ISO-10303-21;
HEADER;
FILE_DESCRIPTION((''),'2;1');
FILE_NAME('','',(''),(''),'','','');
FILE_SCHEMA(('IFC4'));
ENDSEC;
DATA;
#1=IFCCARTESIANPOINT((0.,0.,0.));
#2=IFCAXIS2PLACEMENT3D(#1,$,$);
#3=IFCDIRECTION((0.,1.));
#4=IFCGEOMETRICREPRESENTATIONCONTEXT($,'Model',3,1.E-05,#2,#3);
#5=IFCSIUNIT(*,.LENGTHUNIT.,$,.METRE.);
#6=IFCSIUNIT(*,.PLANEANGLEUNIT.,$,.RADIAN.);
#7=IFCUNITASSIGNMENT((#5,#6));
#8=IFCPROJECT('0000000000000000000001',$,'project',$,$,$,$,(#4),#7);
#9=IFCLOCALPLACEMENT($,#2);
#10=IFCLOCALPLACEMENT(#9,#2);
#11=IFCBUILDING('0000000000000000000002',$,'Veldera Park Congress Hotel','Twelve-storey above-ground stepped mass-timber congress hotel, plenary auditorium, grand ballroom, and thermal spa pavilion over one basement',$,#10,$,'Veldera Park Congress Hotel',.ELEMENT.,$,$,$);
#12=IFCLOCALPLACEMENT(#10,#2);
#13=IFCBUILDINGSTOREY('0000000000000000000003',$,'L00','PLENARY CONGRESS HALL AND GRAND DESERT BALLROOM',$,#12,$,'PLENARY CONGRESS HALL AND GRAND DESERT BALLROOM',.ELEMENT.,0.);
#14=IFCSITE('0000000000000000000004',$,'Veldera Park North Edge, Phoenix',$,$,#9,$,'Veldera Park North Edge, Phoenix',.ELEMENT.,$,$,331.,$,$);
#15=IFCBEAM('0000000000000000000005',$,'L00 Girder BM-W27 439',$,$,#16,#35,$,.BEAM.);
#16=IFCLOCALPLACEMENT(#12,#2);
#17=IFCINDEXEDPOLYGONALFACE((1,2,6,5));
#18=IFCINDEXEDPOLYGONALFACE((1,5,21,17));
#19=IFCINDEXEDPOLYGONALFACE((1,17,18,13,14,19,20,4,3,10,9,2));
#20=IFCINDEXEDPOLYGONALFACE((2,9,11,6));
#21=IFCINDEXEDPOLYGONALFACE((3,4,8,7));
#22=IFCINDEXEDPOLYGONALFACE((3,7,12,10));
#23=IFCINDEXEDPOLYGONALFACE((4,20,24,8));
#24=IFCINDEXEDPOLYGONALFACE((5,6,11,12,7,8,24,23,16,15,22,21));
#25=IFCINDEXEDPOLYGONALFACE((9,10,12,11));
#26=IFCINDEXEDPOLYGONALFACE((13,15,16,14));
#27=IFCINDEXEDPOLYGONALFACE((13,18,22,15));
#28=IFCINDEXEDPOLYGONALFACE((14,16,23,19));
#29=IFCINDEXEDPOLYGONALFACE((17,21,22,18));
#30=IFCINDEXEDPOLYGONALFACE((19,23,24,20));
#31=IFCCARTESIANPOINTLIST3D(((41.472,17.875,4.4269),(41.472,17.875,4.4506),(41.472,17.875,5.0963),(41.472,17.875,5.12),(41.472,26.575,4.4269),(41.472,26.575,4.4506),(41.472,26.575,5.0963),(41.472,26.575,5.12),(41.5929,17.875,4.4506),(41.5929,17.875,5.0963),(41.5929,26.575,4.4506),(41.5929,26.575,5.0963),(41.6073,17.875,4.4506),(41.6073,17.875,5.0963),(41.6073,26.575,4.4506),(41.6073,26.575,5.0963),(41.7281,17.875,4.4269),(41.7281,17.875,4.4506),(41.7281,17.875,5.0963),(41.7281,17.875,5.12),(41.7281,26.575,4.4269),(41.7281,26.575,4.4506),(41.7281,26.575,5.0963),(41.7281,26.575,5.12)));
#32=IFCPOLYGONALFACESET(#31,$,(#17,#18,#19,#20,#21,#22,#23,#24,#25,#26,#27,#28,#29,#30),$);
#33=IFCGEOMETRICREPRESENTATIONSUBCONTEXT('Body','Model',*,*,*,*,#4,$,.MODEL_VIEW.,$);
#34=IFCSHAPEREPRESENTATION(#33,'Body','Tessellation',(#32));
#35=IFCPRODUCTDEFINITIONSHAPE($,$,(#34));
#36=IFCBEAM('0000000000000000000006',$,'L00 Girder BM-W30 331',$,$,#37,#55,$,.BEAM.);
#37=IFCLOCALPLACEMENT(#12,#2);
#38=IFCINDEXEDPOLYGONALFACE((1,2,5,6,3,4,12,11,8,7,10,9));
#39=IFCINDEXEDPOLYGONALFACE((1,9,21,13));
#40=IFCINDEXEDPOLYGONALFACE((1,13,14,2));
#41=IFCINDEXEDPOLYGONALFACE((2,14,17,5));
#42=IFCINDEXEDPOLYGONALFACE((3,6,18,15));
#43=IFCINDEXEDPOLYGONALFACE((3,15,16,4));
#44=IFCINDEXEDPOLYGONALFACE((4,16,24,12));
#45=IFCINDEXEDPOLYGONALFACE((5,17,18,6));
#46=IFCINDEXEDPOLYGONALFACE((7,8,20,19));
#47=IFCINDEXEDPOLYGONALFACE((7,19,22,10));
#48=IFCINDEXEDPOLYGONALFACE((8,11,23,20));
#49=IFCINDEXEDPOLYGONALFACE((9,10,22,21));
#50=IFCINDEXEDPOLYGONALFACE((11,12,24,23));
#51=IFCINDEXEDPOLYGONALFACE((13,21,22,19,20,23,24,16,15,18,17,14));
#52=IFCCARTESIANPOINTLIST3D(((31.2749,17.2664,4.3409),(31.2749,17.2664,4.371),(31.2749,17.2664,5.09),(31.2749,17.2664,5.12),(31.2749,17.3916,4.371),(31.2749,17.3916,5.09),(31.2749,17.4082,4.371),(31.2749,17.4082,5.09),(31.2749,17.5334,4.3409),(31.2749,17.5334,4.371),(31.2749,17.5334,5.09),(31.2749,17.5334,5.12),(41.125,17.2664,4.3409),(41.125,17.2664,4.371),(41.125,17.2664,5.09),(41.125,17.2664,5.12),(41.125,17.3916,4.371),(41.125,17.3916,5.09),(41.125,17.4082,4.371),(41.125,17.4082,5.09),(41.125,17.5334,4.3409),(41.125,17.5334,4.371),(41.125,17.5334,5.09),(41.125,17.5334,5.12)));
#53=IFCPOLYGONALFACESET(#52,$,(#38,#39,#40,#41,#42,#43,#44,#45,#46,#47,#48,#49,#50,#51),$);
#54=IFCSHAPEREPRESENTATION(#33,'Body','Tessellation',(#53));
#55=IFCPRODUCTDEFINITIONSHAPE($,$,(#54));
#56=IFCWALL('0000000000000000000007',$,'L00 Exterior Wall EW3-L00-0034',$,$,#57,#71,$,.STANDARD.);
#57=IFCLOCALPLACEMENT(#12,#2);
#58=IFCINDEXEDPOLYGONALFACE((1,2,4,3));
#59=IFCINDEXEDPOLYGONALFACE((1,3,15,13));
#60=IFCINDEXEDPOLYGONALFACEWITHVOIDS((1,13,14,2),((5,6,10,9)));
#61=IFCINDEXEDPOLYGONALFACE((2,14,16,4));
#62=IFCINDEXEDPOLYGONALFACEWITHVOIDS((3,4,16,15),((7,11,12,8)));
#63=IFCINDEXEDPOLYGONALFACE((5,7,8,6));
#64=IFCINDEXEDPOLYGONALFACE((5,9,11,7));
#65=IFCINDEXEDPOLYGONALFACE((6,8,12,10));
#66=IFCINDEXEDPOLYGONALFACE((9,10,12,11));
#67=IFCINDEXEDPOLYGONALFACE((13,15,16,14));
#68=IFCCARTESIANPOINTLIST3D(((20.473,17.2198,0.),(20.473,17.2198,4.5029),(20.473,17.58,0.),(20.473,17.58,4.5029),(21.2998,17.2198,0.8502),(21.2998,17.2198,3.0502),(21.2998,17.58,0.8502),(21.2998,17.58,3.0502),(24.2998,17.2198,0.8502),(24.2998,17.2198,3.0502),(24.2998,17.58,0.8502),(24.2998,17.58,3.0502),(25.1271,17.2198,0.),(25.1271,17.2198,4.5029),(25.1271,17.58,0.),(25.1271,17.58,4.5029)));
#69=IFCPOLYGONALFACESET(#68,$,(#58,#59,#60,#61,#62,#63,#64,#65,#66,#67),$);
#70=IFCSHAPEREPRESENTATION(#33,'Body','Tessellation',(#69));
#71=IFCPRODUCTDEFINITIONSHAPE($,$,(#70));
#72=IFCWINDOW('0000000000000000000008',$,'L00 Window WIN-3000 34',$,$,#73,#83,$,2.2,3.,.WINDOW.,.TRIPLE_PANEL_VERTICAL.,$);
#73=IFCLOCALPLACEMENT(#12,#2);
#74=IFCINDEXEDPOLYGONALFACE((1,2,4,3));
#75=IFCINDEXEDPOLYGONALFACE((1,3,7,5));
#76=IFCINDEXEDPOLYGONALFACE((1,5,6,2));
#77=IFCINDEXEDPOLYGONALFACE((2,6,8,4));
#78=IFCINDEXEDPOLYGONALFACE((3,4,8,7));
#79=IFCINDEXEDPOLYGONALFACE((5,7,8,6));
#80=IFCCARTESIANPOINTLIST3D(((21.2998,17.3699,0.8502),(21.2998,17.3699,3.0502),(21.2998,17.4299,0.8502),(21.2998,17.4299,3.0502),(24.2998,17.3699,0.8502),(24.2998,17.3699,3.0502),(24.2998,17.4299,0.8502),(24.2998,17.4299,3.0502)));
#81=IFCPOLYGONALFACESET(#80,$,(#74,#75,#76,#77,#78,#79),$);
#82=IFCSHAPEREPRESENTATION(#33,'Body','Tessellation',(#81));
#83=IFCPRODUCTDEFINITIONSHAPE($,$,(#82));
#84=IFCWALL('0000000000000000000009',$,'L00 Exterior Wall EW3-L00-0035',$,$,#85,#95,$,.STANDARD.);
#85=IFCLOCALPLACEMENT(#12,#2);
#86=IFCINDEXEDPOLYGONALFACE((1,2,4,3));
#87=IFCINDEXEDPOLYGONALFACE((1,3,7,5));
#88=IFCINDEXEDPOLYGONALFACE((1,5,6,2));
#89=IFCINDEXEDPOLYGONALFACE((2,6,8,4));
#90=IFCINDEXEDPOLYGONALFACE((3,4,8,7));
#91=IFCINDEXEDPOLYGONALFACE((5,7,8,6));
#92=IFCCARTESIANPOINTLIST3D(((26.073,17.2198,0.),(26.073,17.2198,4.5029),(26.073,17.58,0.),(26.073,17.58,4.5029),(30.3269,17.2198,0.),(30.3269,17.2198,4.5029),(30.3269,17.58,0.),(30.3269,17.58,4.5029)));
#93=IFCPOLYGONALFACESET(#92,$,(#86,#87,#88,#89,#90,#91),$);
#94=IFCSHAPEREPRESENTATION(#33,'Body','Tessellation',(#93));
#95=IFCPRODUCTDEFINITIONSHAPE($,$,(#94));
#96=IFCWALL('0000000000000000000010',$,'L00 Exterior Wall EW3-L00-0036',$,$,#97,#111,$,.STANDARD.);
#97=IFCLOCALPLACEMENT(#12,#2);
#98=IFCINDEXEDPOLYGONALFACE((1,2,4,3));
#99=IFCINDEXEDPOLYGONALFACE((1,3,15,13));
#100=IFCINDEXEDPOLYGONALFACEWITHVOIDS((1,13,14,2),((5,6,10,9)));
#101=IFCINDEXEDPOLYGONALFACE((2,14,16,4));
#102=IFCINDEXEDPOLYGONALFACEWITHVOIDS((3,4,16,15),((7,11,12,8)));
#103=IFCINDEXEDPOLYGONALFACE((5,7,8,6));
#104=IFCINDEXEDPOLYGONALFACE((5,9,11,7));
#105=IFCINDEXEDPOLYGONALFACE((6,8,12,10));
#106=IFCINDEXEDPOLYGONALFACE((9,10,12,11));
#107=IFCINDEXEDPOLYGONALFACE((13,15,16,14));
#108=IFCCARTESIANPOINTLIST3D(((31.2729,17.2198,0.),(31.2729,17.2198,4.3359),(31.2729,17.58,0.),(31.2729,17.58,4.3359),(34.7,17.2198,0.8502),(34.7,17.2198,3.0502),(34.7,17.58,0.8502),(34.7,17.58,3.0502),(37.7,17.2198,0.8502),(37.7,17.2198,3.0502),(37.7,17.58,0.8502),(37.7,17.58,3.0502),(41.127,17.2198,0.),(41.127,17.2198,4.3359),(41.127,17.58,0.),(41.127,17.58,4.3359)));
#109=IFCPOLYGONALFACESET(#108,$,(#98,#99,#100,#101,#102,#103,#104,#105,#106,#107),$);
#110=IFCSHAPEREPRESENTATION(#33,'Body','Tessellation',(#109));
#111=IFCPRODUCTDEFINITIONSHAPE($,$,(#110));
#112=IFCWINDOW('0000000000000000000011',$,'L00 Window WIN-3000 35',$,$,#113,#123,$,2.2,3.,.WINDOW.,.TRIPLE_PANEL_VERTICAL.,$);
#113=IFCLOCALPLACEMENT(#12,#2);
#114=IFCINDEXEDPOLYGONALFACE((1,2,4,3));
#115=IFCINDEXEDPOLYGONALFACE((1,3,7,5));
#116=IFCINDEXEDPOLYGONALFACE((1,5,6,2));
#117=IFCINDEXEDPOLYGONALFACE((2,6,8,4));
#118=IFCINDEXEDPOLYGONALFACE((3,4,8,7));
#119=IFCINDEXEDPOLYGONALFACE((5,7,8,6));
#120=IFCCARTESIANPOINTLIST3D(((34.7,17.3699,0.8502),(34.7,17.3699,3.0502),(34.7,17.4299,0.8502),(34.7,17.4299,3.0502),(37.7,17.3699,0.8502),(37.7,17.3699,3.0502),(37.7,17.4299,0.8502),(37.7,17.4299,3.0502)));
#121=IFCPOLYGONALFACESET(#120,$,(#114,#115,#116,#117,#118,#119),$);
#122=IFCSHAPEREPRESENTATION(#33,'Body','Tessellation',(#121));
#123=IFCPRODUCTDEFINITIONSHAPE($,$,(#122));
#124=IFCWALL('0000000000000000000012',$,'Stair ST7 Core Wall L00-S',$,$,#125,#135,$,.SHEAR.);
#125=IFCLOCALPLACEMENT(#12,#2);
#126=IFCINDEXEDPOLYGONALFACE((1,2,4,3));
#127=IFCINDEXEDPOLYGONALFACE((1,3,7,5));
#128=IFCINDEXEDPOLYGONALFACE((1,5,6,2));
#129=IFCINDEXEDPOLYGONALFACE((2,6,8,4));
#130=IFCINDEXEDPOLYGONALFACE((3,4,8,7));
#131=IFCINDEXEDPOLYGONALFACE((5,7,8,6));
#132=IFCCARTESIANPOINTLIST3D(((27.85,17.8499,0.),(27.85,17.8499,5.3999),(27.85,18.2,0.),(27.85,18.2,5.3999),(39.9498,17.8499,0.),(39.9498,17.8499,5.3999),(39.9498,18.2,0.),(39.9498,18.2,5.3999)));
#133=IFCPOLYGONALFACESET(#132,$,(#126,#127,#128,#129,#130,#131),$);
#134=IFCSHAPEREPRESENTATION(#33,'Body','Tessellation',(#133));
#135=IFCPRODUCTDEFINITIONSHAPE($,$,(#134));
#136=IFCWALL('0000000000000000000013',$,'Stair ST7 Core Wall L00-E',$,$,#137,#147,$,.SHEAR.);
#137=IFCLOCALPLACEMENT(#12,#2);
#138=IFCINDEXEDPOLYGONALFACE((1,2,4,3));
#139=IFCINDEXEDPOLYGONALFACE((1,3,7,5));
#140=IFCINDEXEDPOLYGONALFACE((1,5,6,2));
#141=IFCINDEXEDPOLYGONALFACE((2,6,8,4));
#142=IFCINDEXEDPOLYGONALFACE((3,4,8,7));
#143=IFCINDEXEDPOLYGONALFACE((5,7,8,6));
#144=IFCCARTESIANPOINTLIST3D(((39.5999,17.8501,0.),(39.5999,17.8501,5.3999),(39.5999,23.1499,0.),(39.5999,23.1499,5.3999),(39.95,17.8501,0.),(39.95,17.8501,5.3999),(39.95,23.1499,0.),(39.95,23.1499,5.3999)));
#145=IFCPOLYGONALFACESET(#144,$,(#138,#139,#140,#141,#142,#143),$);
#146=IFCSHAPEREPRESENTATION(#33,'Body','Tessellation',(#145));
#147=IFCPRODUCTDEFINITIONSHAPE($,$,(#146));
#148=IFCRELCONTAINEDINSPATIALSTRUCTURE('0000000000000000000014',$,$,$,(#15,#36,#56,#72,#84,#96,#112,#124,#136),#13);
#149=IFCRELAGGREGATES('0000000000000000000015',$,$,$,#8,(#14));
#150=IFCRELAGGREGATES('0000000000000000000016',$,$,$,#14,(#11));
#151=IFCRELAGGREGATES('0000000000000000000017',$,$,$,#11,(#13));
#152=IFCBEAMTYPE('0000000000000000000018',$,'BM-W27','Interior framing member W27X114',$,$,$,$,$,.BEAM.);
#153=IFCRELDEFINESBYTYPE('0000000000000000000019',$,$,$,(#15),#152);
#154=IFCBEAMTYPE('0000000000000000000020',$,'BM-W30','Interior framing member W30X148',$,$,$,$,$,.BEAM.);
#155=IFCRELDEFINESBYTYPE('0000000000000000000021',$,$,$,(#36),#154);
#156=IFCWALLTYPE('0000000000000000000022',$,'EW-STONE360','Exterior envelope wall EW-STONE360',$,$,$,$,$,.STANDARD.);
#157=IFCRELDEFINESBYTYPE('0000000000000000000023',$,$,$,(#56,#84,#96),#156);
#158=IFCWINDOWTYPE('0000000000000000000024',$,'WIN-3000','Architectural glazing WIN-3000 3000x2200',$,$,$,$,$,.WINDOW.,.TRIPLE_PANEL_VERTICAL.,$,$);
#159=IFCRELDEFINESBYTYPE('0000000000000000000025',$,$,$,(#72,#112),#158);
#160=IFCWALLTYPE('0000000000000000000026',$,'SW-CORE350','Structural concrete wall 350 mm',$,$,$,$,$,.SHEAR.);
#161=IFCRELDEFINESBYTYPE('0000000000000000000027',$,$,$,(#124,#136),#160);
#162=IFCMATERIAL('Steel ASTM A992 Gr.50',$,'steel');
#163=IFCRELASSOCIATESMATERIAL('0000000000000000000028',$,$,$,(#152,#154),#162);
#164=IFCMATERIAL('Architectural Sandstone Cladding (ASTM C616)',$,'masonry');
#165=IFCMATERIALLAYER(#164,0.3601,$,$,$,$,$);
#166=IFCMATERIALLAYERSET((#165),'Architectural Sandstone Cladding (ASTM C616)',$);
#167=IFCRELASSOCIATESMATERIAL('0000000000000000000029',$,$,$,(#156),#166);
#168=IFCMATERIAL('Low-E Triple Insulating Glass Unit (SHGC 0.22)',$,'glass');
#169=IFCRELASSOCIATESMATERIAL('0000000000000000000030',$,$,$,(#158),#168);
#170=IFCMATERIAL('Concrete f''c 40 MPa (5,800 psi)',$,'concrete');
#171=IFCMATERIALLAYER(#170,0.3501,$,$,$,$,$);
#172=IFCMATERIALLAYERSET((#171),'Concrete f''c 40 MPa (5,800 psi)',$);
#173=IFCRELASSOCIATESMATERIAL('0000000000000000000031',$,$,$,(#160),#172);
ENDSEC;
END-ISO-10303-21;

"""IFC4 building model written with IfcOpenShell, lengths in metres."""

from ifc_helpers import new_model, si_unit, direction, frame, frame_2d, origin, origin_2d, place, context, subcontext, project, spatial, rectangle, i_section, extrude, material, layer, layer_set, material_profile, profile_set, type_object, element, fill, save


model = new_model("IFC4")

# Units and contexts
model_context = context("Model", 3, precision=1e-05, world=origin(), true_north=direction((0.0, 1.0)))
body_context = subcontext(model_context, "Body", "Model", "MODEL_VIEW")
ifc_project = project(units=[si_unit("LENGTHUNIT", "METRE"), si_unit("PLANEANGLEUNIT", "RADIAN")], contexts=[model_context])

# Site, building, storey
site_placement = place(None, origin())
site = spatial("IfcSite", under=ifc_project, at=site_placement, Name="Veldera Park North Edge, Phoenix", LongName="Veldera Park North Edge, Phoenix", CompositionType="ELEMENT", RefElevation=331.0)
building_placement = place(site_placement, origin())
building = spatial("IfcBuilding", under=site, at=building_placement, Name="Veldera Park Congress Hotel", Description="Twelve-storey above-ground stepped mass-timber congress hotel, plenary auditorium, grand ballroom, and thermal spa pavilion over one basement", LongName="Veldera Park Congress Hotel", CompositionType="ELEMENT")
storey_placement = place(building_placement, origin())
storey = spatial("IfcBuildingStorey", under=building, at=storey_placement, Name="L00", Description="PLENARY CONGRESS HALL AND GRAND DESERT BALLROOM", LongName="PLENARY CONGRESS HALL AND GRAND DESERT BALLROOM", CompositionType="ELEMENT", Elevation=0.0)

# Beams
ifc_material_1 = material(Name="Steel ASTM A992 Gr.50", Category="steel")
ifc_material_profile_1 = material_profile(ifc_material_1, i_section(OverallWidth=0.2561, OverallDepth=0.6931, WebThickness=0.0144, FlangeThickness=0.0237, at=origin_2d()), Name="W27X114")
ifc_profile_set_1 = profile_set([ifc_material_profile_1], Name="Steel ASTM A992 Gr.50")
beam_type_1 = type_object("IfcBeamType", Name="BM-W27", Description="Interior framing member W27X114", PredefinedType="BEAM", material=ifc_profile_set_1)
beam_1_placement = place(storey_placement, frame((41.6001, 17.875, 4.7734), z_axis=(0.0, 1.0, 0.0), x_axis=(-1.0, 0.0, 0.0)))
element("IfcBeam", 1, at=beam_1_placement, inside=storey, type_object=beam_type_1, Name="L00 Girder BM-W27 439", PredefinedType="BEAM", context=body_context, shape_type="SweptSolid", body=[
    extrude(i_section(OverallWidth=0.2561, OverallDepth=0.6931, WebThickness=0.0144, FlangeThickness=0.0237, at=origin_2d()), origin(), (0.0, 0.0, 1.0), 8.7),
])
ifc_material_profile_2 = material_profile(ifc_material_1, i_section(OverallWidth=0.2671, OverallDepth=0.7791, WebThickness=0.0166, FlangeThickness=0.03, at=origin_2d()), Name="W30X148")
ifc_profile_set_2 = profile_set([ifc_material_profile_2], Name="Steel ASTM A992 Gr.50")
beam_type_2 = type_object("IfcBeamType", Name="BM-W30", Description="Interior framing member W30X148", PredefinedType="BEAM", material=ifc_profile_set_2)
beam_2_placement = place(storey_placement, frame((31.2749, 17.3999, 4.7305), z_axis=(1.0, 0.0, 0.0), x_axis=(0.0, 1.0, 0.0)))
element("IfcBeam", 2, at=beam_2_placement, inside=storey, type_object=beam_type_2, Name="L00 Girder BM-W30 331", PredefinedType="BEAM", context=body_context, shape_type="SweptSolid", body=[
    extrude(i_section(OverallWidth=0.2671, OverallDepth=0.7791, WebThickness=0.0166, FlangeThickness=0.03, at=origin_2d()), origin(), (0.0, 0.0, 1.0), 9.8501),
])

# Wall, opening, window
ifc_material_2 = material(Name="Architectural Sandstone Cladding (ASTM C616)", Category="masonry")
ifc_layer_1 = layer(ifc_material_2, 0.3601)
ifc_layer_set_1 = layer_set([ifc_layer_1], Name="Architectural Sandstone Cladding (ASTM C616)")
wall_type_1 = type_object("IfcWallType", Name="EW-STONE360", Description="Exterior envelope wall EW-STONE360", PredefinedType="STANDARD", material=ifc_layer_set_1)
wall_1_placement = place(storey_placement, frame((20.4729, 17.3999, 0.0), z_axis=(0.0, 0.0, 1.0), x_axis=(1.0, 0.0, 0.0)))
wall_1 = element("IfcWall", 3, at=wall_1_placement, inside=storey, type_object=wall_type_1, Name="L00 Exterior Wall EW3-L00-0034", PredefinedType="STANDARD", context=body_context, shape_type="SweptSolid", body=[
    extrude(rectangle(XDim=4.6541, YDim=0.3601, at=frame_2d((2.3271, 0.0))), origin(), (0.0, 0.0, 1.0), 4.5029),
])
opening_1_placement = place(wall_1_placement, frame((0.8269, 0.0, 0.8501)))
opening_1 = element("IfcOpeningElement", 4, at=opening_1_placement, cuts=wall_1, PredefinedType="OPENING", context=body_context, shape_type="SweptSolid", body=[
    extrude(rectangle(XDim=3.0, YDim=2.2, at=frame_2d((1.5, 1.1001))), frame((0.0, 0.1921, 0.0), z_axis=(0.0, -1.0, 0.0), x_axis=(1.0, 0.0, 0.0)), (0.0, 0.0, 1.0), 0.384),
])
ifc_material_3 = material(Name="Low-E Triple Insulating Glass Unit (SHGC 0.22)", Category="glass")
window_type = type_object("IfcWindowType", Name="WIN-3000", Description="Architectural glazing WIN-3000 3000x2200", PartitioningType="TRIPLE_PANEL_VERTICAL", PredefinedType="WINDOW", material=ifc_material_3)
window_1_placement = place(opening_1_placement, origin())
window_1 = element("IfcWindow", 5, at=window_1_placement, inside=storey, type_object=window_type, Name="L00 Window WIN-3000 34", OverallHeight=2.2, OverallWidth=3.0, PartitioningType="TRIPLE_PANEL_VERTICAL", PredefinedType="WINDOW", context=body_context, shape_type="SweptSolid", body=[
    extrude(rectangle(XDim=3.0, YDim=2.2, at=frame_2d((1.5, 1.1001))), frame((0.0, 0.03, 0.0), z_axis=(0.0, -1.0, 0.0), x_axis=(1.0, 0.0, 0.0)), (0.0, 0.0, 1.0), 0.0601),
])
fill(opening_1, window_1)

# Wall
wall_2_placement = place(storey_placement, frame((26.073, 17.3999, 0.0), z_axis=(0.0, 0.0, 1.0), x_axis=(1.0, 0.0, 0.0)))
element("IfcWall", 6, at=wall_2_placement, inside=storey, type_object=wall_type_1, Name="L00 Exterior Wall EW3-L00-0035", PredefinedType="STANDARD", context=body_context, shape_type="SweptSolid", body=[
    extrude(rectangle(XDim=4.2539, YDim=0.3601, at=frame_2d((2.127, 0.0))), origin(), (0.0, 0.0, 1.0), 4.5029),
])

# Wall, opening, window
wall_3_placement = place(storey_placement, frame((31.2729, 17.3999, 0.0), z_axis=(0.0, 0.0, 1.0), x_axis=(1.0, 0.0, 0.0)))
wall_3 = element("IfcWall", 7, at=wall_3_placement, inside=storey, type_object=wall_type_1, Name="L00 Exterior Wall EW3-L00-0036", PredefinedType="STANDARD", context=body_context, shape_type="SweptSolid", body=[
    extrude(rectangle(XDim=9.854, YDim=0.3601, at=frame_2d((4.927, 0.0))), origin(), (0.0, 0.0, 1.0), 4.3359),
])
opening_2_placement = place(wall_3_placement, frame((3.427, 0.0, 0.8501)))
opening_2 = element("IfcOpeningElement", 8, at=opening_2_placement, cuts=wall_3, PredefinedType="OPENING", context=body_context, shape_type="SweptSolid", body=[
    extrude(rectangle(XDim=3.0, YDim=2.2, at=frame_2d((1.5, 1.1001))), frame((0.0, 0.1921, 0.0), z_axis=(0.0, -1.0, 0.0), x_axis=(1.0, 0.0, 0.0)), (0.0, 0.0, 1.0), 0.384),
])
window_2_placement = place(opening_2_placement, origin())
window_2 = element("IfcWindow", 9, at=window_2_placement, inside=storey, type_object=window_type, Name="L00 Window WIN-3000 35", OverallHeight=2.2, OverallWidth=3.0, PartitioningType="TRIPLE_PANEL_VERTICAL", PredefinedType="WINDOW", context=body_context, shape_type="SweptSolid", body=[
    extrude(rectangle(XDim=3.0, YDim=2.2, at=frame_2d((1.5, 1.1001))), frame((0.0, 0.03, 0.0), z_axis=(0.0, -1.0, 0.0), x_axis=(1.0, 0.0, 0.0)), (0.0, 0.0, 1.0), 0.0601),
])
fill(opening_2, window_2)

# Walls
ifc_material_4 = material(Name="Concrete f'c 40 MPa (5,800 psi)", Category="concrete")
ifc_layer_2 = layer(ifc_material_4, 0.3501)
ifc_layer_set_2 = layer_set([ifc_layer_2], Name="Concrete f'c 40 MPa (5,800 psi)")
wall_type_2 = type_object("IfcWallType", Name="SW-CORE350", Description="Structural concrete wall 350 mm", PredefinedType="SHEAR", material=ifc_layer_set_2)
wall_4_placement = place(storey_placement, frame((27.8501, 18.0249, 0.0), z_axis=(0.0, 0.0, 1.0), x_axis=(1.0, 0.0, 0.0)))
element("IfcWall", 10, at=wall_4_placement, inside=storey, type_object=wall_type_2, Name="Stair ST7 Core Wall L00-S", PredefinedType="SHEAR", context=body_context, shape_type="SweptSolid", body=[
    extrude(rectangle(XDim=12.0999, YDim=0.3501, at=frame_2d((6.0498, 0.0))), origin(), (0.0, 0.0, 1.0), 5.3999),
])
wall_5_placement = place(storey_placement, frame((39.7749, 17.8501, 0.0), z_axis=(0.0, 0.0, 1.0), x_axis=(0.0, 1.0, 0.0)))
element("IfcWall", 11, at=wall_5_placement, inside=storey, type_object=wall_type_2, Name="Stair ST7 Core Wall L00-E", PredefinedType="SHEAR", context=body_context, shape_type="SweptSolid", body=[
    extrude(rectangle(XDim=5.2998, YDim=0.3501, at=frame_2d((2.6499, 0.0))), origin(), (0.0, 0.0, 1.0), 5.3999),
])

save(model, "model.ifc")
